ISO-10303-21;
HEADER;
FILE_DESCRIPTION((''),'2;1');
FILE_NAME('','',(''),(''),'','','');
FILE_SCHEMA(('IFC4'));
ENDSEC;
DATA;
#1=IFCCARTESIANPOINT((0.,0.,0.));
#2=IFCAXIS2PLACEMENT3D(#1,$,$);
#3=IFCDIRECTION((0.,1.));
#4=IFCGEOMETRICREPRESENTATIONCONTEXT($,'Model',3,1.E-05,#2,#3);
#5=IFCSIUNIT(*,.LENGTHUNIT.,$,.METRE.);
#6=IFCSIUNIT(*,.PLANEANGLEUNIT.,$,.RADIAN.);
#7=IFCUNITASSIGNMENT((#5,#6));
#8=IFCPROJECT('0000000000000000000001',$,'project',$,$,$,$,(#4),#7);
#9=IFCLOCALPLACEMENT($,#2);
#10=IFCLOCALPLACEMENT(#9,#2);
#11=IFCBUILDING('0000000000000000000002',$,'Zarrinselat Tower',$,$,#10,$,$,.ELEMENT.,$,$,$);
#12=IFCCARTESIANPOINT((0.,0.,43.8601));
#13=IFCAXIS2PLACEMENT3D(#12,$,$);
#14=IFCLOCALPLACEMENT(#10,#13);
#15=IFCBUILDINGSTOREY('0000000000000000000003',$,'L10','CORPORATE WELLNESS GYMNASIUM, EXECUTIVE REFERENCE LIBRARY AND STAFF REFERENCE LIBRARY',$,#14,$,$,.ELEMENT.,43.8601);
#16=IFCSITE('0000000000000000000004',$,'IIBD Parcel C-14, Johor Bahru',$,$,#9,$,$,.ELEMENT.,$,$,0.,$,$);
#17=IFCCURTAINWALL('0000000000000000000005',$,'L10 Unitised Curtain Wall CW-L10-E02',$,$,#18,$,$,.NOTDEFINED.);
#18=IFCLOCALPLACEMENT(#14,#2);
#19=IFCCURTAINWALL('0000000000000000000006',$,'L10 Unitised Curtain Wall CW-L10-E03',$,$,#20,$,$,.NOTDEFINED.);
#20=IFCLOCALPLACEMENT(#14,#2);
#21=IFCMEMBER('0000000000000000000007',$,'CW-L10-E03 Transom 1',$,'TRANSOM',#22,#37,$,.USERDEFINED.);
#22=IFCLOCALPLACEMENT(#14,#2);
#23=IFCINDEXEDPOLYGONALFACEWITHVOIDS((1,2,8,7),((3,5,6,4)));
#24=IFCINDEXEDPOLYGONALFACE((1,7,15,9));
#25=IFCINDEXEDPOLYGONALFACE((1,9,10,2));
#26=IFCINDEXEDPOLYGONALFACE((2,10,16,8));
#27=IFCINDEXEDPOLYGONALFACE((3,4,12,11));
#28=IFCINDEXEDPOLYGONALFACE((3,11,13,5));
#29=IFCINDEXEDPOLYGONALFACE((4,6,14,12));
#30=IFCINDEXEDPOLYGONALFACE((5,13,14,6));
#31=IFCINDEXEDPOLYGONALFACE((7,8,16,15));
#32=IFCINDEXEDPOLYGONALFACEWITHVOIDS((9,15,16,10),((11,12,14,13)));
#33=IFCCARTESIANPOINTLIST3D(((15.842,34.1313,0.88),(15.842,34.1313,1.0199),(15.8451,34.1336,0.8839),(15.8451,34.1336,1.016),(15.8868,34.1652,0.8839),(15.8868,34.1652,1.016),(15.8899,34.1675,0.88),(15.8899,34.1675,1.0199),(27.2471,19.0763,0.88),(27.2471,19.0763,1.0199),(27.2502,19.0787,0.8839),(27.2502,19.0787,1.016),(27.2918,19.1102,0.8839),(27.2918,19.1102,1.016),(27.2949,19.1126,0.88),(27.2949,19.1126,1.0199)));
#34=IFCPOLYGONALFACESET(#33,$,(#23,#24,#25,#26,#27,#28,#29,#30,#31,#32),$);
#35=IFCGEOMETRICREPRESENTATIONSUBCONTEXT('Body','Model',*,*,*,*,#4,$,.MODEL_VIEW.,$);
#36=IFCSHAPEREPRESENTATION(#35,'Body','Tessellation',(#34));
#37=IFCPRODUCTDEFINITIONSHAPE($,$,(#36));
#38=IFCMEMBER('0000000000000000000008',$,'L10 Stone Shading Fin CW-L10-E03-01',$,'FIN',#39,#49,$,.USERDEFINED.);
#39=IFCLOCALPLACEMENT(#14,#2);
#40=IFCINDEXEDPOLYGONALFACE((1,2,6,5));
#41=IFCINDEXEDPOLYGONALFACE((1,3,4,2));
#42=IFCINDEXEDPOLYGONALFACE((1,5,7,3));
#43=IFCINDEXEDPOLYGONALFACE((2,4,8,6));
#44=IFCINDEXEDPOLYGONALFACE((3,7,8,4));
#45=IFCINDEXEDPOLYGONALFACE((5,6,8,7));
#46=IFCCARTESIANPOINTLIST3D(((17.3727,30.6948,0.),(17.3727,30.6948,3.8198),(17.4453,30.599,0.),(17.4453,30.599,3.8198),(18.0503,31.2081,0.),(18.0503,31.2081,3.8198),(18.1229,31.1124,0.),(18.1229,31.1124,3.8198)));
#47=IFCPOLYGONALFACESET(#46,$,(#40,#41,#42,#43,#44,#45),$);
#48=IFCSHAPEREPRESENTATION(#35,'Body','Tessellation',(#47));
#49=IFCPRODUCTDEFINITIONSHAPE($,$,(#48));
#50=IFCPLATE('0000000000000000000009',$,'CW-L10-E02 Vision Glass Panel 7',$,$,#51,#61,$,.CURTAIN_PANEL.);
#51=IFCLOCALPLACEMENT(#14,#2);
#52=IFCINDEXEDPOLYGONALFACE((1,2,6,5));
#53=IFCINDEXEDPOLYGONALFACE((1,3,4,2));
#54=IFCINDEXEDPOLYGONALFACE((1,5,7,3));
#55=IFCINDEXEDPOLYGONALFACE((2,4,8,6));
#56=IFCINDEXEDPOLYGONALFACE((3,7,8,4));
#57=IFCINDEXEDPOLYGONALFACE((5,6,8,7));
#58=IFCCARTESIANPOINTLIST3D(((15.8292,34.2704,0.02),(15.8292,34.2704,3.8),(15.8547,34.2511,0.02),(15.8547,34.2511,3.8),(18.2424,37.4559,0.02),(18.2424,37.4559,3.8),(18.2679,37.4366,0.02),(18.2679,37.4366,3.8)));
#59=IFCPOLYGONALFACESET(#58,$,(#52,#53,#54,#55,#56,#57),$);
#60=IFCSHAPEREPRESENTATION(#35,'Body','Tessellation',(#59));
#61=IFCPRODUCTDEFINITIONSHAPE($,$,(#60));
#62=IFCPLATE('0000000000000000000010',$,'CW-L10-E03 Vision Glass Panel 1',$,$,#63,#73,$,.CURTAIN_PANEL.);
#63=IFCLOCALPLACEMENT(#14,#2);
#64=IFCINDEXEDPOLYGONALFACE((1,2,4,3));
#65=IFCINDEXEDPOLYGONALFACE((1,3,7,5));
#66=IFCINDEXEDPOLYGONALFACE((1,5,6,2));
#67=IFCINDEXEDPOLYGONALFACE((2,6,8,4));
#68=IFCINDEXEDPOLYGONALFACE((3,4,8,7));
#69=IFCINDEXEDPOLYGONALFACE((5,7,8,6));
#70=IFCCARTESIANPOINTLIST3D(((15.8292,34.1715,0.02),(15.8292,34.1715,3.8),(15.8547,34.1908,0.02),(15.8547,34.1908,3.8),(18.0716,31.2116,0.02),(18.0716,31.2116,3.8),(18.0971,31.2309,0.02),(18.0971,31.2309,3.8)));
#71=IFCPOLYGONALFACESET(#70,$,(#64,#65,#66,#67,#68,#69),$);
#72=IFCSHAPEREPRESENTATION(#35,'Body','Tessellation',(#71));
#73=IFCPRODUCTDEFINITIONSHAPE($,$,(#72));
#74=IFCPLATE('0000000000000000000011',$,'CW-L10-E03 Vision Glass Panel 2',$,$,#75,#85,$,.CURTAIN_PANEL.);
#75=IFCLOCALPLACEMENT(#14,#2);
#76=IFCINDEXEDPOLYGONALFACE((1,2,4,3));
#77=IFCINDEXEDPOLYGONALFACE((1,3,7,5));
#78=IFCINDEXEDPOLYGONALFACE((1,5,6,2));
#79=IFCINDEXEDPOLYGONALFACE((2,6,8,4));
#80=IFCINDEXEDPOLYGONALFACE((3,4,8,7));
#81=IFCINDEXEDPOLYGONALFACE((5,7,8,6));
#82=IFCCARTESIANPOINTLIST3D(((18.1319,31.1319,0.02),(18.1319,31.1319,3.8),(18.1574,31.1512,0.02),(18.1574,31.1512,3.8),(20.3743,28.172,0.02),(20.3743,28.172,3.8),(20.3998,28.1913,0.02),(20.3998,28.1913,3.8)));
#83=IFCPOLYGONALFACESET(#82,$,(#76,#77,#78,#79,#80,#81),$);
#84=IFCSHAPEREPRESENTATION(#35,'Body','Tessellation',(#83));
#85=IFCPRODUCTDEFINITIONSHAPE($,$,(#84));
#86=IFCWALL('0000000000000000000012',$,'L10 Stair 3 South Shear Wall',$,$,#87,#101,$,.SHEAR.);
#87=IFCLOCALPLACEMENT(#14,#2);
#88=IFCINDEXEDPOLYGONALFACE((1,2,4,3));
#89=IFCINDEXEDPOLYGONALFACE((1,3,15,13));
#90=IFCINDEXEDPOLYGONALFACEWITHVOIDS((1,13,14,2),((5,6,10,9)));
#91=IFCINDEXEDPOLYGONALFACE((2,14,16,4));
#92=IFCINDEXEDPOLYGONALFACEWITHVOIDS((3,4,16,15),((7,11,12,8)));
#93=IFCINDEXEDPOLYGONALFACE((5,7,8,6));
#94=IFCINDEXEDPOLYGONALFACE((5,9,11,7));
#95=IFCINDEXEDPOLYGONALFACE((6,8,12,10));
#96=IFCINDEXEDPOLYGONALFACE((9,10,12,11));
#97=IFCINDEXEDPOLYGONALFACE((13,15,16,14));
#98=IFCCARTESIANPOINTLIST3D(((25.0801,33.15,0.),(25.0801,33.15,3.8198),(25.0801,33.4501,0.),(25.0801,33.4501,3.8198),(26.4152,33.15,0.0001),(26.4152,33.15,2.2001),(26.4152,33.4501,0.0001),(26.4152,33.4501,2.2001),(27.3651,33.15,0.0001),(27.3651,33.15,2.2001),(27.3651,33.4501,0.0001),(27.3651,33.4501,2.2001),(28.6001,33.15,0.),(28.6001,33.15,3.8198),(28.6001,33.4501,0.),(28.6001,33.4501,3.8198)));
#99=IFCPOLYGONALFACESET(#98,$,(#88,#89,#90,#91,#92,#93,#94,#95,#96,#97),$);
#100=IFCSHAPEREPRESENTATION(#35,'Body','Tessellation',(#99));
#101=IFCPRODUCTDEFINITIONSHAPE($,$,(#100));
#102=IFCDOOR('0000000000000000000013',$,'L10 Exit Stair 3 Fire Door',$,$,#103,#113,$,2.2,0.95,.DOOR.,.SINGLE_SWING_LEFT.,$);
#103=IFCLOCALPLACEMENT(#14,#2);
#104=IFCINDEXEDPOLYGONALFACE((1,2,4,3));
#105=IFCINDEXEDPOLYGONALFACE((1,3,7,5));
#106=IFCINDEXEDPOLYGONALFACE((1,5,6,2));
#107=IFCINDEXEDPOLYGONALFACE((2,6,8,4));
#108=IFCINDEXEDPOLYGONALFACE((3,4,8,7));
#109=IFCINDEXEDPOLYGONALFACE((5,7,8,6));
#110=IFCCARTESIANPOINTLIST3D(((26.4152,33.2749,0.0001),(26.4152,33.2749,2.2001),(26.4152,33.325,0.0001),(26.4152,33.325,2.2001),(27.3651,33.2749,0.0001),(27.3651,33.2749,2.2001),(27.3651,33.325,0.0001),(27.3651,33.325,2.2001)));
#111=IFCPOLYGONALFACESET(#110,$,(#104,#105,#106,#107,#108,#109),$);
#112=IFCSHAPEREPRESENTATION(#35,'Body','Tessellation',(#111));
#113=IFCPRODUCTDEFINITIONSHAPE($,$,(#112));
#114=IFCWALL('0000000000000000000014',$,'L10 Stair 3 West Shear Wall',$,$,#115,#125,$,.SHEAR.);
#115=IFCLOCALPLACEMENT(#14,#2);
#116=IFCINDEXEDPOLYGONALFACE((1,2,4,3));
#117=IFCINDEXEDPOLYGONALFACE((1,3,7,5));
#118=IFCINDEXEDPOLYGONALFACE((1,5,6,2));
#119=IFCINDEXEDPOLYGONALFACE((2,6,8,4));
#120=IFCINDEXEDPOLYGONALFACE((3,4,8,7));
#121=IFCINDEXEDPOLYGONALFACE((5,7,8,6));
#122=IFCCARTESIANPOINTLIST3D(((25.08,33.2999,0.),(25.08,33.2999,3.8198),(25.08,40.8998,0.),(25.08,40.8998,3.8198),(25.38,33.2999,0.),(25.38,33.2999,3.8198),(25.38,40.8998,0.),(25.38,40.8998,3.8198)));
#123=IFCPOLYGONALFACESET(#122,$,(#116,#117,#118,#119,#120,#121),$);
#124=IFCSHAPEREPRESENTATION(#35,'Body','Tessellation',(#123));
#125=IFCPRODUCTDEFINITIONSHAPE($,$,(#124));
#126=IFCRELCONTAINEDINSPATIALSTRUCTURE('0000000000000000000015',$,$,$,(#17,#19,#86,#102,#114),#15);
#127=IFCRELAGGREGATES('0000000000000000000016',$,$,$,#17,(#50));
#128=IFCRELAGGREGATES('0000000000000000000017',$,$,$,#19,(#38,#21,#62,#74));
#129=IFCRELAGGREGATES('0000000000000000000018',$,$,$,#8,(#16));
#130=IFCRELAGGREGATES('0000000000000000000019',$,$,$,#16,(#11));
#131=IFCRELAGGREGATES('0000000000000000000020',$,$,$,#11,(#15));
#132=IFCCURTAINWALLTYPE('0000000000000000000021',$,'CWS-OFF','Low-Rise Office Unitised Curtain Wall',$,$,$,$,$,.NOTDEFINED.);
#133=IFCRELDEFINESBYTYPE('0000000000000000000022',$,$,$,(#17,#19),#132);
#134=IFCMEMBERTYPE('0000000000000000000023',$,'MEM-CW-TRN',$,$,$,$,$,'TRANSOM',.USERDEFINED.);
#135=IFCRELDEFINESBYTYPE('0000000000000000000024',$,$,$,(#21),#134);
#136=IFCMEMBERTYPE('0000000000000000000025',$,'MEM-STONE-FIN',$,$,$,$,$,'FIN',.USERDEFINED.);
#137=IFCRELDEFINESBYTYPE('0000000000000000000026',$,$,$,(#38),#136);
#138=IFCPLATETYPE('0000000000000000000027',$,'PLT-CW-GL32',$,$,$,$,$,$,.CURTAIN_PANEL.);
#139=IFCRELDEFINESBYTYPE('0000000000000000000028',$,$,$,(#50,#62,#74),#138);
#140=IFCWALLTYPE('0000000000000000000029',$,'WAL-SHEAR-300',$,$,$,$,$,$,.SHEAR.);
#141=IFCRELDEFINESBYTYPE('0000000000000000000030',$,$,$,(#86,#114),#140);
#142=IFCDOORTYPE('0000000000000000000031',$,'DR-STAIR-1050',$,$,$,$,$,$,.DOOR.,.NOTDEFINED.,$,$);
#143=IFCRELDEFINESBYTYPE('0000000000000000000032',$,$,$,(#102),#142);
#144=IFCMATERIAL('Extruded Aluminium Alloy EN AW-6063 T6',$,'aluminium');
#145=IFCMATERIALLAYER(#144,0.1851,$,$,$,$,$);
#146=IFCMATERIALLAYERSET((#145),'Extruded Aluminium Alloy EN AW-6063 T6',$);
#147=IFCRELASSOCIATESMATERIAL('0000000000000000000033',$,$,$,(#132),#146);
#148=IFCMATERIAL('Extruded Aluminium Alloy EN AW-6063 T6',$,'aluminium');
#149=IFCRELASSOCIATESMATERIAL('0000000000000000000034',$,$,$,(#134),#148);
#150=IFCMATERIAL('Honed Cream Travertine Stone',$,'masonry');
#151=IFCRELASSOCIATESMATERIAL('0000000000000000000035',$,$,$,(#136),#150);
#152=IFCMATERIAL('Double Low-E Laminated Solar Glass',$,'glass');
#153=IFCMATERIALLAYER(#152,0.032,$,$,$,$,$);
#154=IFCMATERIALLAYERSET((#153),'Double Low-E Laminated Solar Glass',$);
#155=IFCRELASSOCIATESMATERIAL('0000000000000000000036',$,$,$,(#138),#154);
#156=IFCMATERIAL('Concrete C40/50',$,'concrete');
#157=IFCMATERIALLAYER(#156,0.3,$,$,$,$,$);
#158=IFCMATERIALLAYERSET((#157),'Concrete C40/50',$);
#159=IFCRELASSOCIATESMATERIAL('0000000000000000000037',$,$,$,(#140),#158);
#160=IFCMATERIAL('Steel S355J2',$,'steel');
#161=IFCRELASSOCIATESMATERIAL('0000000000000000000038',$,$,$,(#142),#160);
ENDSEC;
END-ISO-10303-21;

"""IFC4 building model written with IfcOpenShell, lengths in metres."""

from ifc_helpers import new_model, si_unit, direction, frame, frame_2d, origin, origin_2d, place, context, subcontext, project, spatial, rectangle, hollow_rectangle, extrude, material, layer, layer_set, material_profile, profile_set, type_object, element, fill, aggregate, save


model = new_model("IFC4")

# Units and contexts
model_context = context("Model", 3, precision=1e-05, world=origin(), true_north=direction((0.0, 1.0)))
body_context = subcontext(model_context, "Body", "Model", "MODEL_VIEW")
ifc_project = project(units=[si_unit("LENGTHUNIT", "METRE"), si_unit("PLANEANGLEUNIT", "RADIAN")], contexts=[model_context])

# Site, building, storey
site_placement = place(None, origin())
site = spatial("IfcSite", under=ifc_project, at=site_placement, Name="IIBD Parcel C-14, Johor Bahru", CompositionType="ELEMENT", RefElevation=0.0)
building_placement = place(site_placement, origin())
building = spatial("IfcBuilding", under=site, at=building_placement, Name="Zarrinselat Tower", CompositionType="ELEMENT")
storey_placement = place(building_placement, frame((0.0, 0.0, 43.8601)))
storey = spatial("IfcBuildingStorey", under=building, at=storey_placement, Name="L10", Description="CORPORATE WELLNESS GYMNASIUM, EXECUTIVE REFERENCE LIBRARY AND STAFF REFERENCE LIBRARY", CompositionType="ELEMENT", Elevation=43.8601)

# Curtain wall
ifc_material_1 = material(Name="Extruded Aluminium Alloy EN AW-6063 T6", Category="aluminium")
ifc_layer_1 = layer(ifc_material_1, 0.1851)
ifc_layer_set_1 = layer_set([ifc_layer_1], Name="Extruded Aluminium Alloy EN AW-6063 T6")
curtain_wall_type = type_object("IfcCurtainWallType", Name="CWS-OFF", Description="Low-Rise Office Unitised Curtain Wall", PredefinedType="NOTDEFINED", material=ifc_layer_set_1)
curtain_wall_1_placement = place(storey_placement, origin())
curtain_wall_1 = element("IfcCurtainWall", 1, at=curtain_wall_1_placement, inside=storey, type_object=curtain_wall_type, Name="L10 Unitised Curtain Wall CW-L10-E02", PredefinedType="NOTDEFINED")

# Curtain wall, members
curtain_wall_2_placement = place(storey_placement, origin())
curtain_wall_2 = element("IfcCurtainWall", 2, at=curtain_wall_2_placement, inside=storey, type_object=curtain_wall_type, Name="L10 Unitised Curtain Wall CW-L10-E03", PredefinedType="NOTDEFINED")
ifc_material_2 = material(Name="Extruded Aluminium Alloy EN AW-6063 T6", Category="aluminium")
ifc_material_profile_1 = material_profile(ifc_material_2, hollow_rectangle(XDim=0.0601, YDim=0.1399, WallThickness=0.0039, at=origin_2d()), Name="RHS 140x60x4")
ifc_profile_set_1 = profile_set([ifc_material_profile_1], Name="Extruded Aluminium Alloy EN AW-6063 T6")
member_type_1 = type_object("IfcMemberType", Name="MEM-CW-TRN", ElementType="TRANSOM", PredefinedType="USERDEFINED", material=ifc_profile_set_1)
member_1_placement = place(storey_placement, frame((15.866, 34.1494, 0.95), z_axis=(0.60385, -0.797098, 0.0), x_axis=(0.797098, 0.60385, 0.0)))
member_1 = element("IfcMember", 3, at=member_1_placement, type_object=member_type_1, Name="CW-L10-E03 Transom 1", ObjectType="TRANSOM", PredefinedType="USERDEFINED", context=body_context, shape_type="SweptSolid", body=[
    extrude(hollow_rectangle(XDim=0.0601, YDim=0.1399, WallThickness=0.0039, at=origin_2d()), origin(), (0.0, 0.0, 1.0), 18.8872),
])
ifc_material_3 = material(Name="Honed Cream Travertine Stone", Category="masonry")
ifc_material_profile_2 = material_profile(ifc_material_3, rectangle(XDim=0.1201, YDim=0.8501, at=origin_2d()), Name="FIN 850x120")
ifc_profile_set_2 = profile_set([ifc_material_profile_2], Name="Honed Cream Travertine Stone")
member_type_2 = type_object("IfcMemberType", Name="MEM-STONE-FIN", ElementType="FIN", PredefinedType="USERDEFINED", material=ifc_profile_set_2)
member_2_placement = place(storey_placement, frame((17.7478, 30.9036, 0.0), z_axis=(0.0, 0.0, 1.0), x_axis=(-0.603857, 0.797092, 0.0)))
member_2 = element("IfcMember", 4, at=member_2_placement, type_object=member_type_2, Name="L10 Stone Shading Fin CW-L10-E03-01", ObjectType="FIN", PredefinedType="USERDEFINED", context=body_context, shape_type="SweptSolid", body=[
    extrude(rectangle(XDim=0.1201, YDim=0.8501, at=origin_2d()), origin(), (0.0, 0.0, 1.0), 3.8198),
])

# Plates
ifc_material_4 = material(Name="Double Low-E Laminated Solar Glass", Category="glass")
ifc_layer_2 = layer(ifc_material_4, 0.032)
ifc_layer_set_2 = layer_set([ifc_layer_2], Name="Double Low-E Laminated Solar Glass")
plate_type = type_object("IfcPlateType", Name="PLT-CW-GL32", PredefinedType="CURTAIN_PANEL", material=ifc_layer_set_2)
plate_1_placement = place(storey_placement, frame((17.0486, 35.8535, 0.02), z_axis=(0.0, 0.0, 1.0), x_axis=(-0.603857, -0.797093, 0.0)))
plate_1 = element("IfcPlate", 5, at=plate_1_placement, type_object=plate_type, Name="CW-L10-E02 Vision Glass Panel 7", PredefinedType="CURTAIN_PANEL", context=body_context, shape_type="SweptSolid", body=[
    extrude(rectangle(XDim=3.9963, YDim=0.032, at=origin_2d()), origin(), (0.0, 0.0, 1.0), 3.78),
])
aggregate(curtain_wall_1, [plate_1])
plate_2_placement = place(storey_placement, frame((16.9631, 32.7012, 0.02), z_axis=(0.0, 0.0, 1.0), x_axis=(0.603857, -0.797092, 0.0)))
plate_2 = element("IfcPlate", 6, at=plate_2_placement, type_object=plate_type, Name="CW-L10-E03 Vision Glass Panel 1", PredefinedType="CURTAIN_PANEL", context=body_context, shape_type="SweptSolid", body=[
    extrude(rectangle(XDim=3.7134, YDim=0.032, at=origin_2d()), origin(), (0.0, 0.0, 1.0), 3.78),
])
plate_3_placement = place(storey_placement, frame((19.2659, 29.6616, 0.02), z_axis=(0.0, 0.0, 1.0), x_axis=(0.603857, -0.797092, 0.0)))
plate_3 = element("IfcPlate", 7, at=plate_3_placement, type_object=plate_type, Name="CW-L10-E03 Vision Glass Panel 2", PredefinedType="CURTAIN_PANEL", context=body_context, shape_type="SweptSolid", body=[
    extrude(rectangle(XDim=3.7134, YDim=0.032, at=origin_2d()), origin(), (0.0, 0.0, 1.0), 3.78),
])
aggregate(curtain_wall_2, [member_2, member_1, plate_2, plate_3])

# Wall, opening, door
ifc_material_5 = material(Name="Concrete C40/50", Category="concrete")
ifc_layer_3 = layer(ifc_material_5, 0.3)
ifc_layer_set_3 = layer_set([ifc_layer_3], Name="Concrete C40/50")
wall_type = type_object("IfcWallType", Name="WAL-SHEAR-300", PredefinedType="SHEAR", material=ifc_layer_set_3)
wall_1_placement = place(storey_placement, frame((25.0801, 33.3, 0.0), z_axis=(0.0, 0.0, 1.0), x_axis=(1.0, 0.0, 0.0)))
wall_1 = element("IfcWall", 8, at=wall_1_placement, inside=storey, type_object=wall_type, Name="L10 Stair 3 South Shear Wall", PredefinedType="SHEAR", context=body_context, shape_type="SweptSolid", body=[
    extrude(rectangle(XDim=3.52, YDim=0.3, at=frame_2d((1.76, 0.0))), origin(), (0.0, 0.0, 1.0), 3.8198),
])
opening_placement = place(wall_1_placement, frame((1.335, 0.0, 0.0)))
opening = element("IfcOpeningElement", 9, at=opening_placement, cuts=wall_1, PredefinedType="OPENING", context=body_context, shape_type="SweptSolid", body=[
    extrude(rectangle(XDim=0.95, YDim=2.2, at=frame_2d((0.4751, 1.1001))), frame((0.0, 0.1599, 0.0), z_axis=(0.0, -1.0, 0.0), x_axis=(1.0, 0.0, 0.0)), (0.0, 0.0, 1.0), 0.3201),
])
ifc_material_6 = material(Name="Steel S355J2", Category="steel")
door_type = type_object("IfcDoorType", Name="DR-STAIR-1050", OperationType="NOTDEFINED", PredefinedType="DOOR", material=ifc_material_6)
door_placement = place(opening_placement, origin())
door = element("IfcDoor", 10, at=door_placement, inside=storey, type_object=door_type, Name="L10 Exit Stair 3 Fire Door", OperationType="SINGLE_SWING_LEFT", OverallHeight=2.2, OverallWidth=0.95, PredefinedType="DOOR", context=body_context, shape_type="SweptSolid", body=[
    extrude(rectangle(XDim=0.95, YDim=2.2, at=frame_2d((0.4751, 1.1001))), frame((0.0, 0.0249, 0.0), z_axis=(0.0, -1.0, 0.0), x_axis=(1.0, 0.0, 0.0)), (0.0, 0.0, 1.0), 0.05),
])
fill(opening, door)

# Wall
wall_2_placement = place(storey_placement, frame((25.23, 33.3, 0.0), z_axis=(0.0, 0.0, 1.0), x_axis=(0.0, 1.0, 0.0)))
element("IfcWall", 11, at=wall_2_placement, inside=storey, type_object=wall_type, Name="L10 Stair 3 West Shear Wall", PredefinedType="SHEAR", context=body_context, shape_type="SweptSolid", body=[
    extrude(rectangle(XDim=7.5999, YDim=0.3, at=frame_2d((3.7998, 0.0))), origin(), (0.0, 0.0, 1.0), 3.8198),
])

save(model, "model.ifc")
